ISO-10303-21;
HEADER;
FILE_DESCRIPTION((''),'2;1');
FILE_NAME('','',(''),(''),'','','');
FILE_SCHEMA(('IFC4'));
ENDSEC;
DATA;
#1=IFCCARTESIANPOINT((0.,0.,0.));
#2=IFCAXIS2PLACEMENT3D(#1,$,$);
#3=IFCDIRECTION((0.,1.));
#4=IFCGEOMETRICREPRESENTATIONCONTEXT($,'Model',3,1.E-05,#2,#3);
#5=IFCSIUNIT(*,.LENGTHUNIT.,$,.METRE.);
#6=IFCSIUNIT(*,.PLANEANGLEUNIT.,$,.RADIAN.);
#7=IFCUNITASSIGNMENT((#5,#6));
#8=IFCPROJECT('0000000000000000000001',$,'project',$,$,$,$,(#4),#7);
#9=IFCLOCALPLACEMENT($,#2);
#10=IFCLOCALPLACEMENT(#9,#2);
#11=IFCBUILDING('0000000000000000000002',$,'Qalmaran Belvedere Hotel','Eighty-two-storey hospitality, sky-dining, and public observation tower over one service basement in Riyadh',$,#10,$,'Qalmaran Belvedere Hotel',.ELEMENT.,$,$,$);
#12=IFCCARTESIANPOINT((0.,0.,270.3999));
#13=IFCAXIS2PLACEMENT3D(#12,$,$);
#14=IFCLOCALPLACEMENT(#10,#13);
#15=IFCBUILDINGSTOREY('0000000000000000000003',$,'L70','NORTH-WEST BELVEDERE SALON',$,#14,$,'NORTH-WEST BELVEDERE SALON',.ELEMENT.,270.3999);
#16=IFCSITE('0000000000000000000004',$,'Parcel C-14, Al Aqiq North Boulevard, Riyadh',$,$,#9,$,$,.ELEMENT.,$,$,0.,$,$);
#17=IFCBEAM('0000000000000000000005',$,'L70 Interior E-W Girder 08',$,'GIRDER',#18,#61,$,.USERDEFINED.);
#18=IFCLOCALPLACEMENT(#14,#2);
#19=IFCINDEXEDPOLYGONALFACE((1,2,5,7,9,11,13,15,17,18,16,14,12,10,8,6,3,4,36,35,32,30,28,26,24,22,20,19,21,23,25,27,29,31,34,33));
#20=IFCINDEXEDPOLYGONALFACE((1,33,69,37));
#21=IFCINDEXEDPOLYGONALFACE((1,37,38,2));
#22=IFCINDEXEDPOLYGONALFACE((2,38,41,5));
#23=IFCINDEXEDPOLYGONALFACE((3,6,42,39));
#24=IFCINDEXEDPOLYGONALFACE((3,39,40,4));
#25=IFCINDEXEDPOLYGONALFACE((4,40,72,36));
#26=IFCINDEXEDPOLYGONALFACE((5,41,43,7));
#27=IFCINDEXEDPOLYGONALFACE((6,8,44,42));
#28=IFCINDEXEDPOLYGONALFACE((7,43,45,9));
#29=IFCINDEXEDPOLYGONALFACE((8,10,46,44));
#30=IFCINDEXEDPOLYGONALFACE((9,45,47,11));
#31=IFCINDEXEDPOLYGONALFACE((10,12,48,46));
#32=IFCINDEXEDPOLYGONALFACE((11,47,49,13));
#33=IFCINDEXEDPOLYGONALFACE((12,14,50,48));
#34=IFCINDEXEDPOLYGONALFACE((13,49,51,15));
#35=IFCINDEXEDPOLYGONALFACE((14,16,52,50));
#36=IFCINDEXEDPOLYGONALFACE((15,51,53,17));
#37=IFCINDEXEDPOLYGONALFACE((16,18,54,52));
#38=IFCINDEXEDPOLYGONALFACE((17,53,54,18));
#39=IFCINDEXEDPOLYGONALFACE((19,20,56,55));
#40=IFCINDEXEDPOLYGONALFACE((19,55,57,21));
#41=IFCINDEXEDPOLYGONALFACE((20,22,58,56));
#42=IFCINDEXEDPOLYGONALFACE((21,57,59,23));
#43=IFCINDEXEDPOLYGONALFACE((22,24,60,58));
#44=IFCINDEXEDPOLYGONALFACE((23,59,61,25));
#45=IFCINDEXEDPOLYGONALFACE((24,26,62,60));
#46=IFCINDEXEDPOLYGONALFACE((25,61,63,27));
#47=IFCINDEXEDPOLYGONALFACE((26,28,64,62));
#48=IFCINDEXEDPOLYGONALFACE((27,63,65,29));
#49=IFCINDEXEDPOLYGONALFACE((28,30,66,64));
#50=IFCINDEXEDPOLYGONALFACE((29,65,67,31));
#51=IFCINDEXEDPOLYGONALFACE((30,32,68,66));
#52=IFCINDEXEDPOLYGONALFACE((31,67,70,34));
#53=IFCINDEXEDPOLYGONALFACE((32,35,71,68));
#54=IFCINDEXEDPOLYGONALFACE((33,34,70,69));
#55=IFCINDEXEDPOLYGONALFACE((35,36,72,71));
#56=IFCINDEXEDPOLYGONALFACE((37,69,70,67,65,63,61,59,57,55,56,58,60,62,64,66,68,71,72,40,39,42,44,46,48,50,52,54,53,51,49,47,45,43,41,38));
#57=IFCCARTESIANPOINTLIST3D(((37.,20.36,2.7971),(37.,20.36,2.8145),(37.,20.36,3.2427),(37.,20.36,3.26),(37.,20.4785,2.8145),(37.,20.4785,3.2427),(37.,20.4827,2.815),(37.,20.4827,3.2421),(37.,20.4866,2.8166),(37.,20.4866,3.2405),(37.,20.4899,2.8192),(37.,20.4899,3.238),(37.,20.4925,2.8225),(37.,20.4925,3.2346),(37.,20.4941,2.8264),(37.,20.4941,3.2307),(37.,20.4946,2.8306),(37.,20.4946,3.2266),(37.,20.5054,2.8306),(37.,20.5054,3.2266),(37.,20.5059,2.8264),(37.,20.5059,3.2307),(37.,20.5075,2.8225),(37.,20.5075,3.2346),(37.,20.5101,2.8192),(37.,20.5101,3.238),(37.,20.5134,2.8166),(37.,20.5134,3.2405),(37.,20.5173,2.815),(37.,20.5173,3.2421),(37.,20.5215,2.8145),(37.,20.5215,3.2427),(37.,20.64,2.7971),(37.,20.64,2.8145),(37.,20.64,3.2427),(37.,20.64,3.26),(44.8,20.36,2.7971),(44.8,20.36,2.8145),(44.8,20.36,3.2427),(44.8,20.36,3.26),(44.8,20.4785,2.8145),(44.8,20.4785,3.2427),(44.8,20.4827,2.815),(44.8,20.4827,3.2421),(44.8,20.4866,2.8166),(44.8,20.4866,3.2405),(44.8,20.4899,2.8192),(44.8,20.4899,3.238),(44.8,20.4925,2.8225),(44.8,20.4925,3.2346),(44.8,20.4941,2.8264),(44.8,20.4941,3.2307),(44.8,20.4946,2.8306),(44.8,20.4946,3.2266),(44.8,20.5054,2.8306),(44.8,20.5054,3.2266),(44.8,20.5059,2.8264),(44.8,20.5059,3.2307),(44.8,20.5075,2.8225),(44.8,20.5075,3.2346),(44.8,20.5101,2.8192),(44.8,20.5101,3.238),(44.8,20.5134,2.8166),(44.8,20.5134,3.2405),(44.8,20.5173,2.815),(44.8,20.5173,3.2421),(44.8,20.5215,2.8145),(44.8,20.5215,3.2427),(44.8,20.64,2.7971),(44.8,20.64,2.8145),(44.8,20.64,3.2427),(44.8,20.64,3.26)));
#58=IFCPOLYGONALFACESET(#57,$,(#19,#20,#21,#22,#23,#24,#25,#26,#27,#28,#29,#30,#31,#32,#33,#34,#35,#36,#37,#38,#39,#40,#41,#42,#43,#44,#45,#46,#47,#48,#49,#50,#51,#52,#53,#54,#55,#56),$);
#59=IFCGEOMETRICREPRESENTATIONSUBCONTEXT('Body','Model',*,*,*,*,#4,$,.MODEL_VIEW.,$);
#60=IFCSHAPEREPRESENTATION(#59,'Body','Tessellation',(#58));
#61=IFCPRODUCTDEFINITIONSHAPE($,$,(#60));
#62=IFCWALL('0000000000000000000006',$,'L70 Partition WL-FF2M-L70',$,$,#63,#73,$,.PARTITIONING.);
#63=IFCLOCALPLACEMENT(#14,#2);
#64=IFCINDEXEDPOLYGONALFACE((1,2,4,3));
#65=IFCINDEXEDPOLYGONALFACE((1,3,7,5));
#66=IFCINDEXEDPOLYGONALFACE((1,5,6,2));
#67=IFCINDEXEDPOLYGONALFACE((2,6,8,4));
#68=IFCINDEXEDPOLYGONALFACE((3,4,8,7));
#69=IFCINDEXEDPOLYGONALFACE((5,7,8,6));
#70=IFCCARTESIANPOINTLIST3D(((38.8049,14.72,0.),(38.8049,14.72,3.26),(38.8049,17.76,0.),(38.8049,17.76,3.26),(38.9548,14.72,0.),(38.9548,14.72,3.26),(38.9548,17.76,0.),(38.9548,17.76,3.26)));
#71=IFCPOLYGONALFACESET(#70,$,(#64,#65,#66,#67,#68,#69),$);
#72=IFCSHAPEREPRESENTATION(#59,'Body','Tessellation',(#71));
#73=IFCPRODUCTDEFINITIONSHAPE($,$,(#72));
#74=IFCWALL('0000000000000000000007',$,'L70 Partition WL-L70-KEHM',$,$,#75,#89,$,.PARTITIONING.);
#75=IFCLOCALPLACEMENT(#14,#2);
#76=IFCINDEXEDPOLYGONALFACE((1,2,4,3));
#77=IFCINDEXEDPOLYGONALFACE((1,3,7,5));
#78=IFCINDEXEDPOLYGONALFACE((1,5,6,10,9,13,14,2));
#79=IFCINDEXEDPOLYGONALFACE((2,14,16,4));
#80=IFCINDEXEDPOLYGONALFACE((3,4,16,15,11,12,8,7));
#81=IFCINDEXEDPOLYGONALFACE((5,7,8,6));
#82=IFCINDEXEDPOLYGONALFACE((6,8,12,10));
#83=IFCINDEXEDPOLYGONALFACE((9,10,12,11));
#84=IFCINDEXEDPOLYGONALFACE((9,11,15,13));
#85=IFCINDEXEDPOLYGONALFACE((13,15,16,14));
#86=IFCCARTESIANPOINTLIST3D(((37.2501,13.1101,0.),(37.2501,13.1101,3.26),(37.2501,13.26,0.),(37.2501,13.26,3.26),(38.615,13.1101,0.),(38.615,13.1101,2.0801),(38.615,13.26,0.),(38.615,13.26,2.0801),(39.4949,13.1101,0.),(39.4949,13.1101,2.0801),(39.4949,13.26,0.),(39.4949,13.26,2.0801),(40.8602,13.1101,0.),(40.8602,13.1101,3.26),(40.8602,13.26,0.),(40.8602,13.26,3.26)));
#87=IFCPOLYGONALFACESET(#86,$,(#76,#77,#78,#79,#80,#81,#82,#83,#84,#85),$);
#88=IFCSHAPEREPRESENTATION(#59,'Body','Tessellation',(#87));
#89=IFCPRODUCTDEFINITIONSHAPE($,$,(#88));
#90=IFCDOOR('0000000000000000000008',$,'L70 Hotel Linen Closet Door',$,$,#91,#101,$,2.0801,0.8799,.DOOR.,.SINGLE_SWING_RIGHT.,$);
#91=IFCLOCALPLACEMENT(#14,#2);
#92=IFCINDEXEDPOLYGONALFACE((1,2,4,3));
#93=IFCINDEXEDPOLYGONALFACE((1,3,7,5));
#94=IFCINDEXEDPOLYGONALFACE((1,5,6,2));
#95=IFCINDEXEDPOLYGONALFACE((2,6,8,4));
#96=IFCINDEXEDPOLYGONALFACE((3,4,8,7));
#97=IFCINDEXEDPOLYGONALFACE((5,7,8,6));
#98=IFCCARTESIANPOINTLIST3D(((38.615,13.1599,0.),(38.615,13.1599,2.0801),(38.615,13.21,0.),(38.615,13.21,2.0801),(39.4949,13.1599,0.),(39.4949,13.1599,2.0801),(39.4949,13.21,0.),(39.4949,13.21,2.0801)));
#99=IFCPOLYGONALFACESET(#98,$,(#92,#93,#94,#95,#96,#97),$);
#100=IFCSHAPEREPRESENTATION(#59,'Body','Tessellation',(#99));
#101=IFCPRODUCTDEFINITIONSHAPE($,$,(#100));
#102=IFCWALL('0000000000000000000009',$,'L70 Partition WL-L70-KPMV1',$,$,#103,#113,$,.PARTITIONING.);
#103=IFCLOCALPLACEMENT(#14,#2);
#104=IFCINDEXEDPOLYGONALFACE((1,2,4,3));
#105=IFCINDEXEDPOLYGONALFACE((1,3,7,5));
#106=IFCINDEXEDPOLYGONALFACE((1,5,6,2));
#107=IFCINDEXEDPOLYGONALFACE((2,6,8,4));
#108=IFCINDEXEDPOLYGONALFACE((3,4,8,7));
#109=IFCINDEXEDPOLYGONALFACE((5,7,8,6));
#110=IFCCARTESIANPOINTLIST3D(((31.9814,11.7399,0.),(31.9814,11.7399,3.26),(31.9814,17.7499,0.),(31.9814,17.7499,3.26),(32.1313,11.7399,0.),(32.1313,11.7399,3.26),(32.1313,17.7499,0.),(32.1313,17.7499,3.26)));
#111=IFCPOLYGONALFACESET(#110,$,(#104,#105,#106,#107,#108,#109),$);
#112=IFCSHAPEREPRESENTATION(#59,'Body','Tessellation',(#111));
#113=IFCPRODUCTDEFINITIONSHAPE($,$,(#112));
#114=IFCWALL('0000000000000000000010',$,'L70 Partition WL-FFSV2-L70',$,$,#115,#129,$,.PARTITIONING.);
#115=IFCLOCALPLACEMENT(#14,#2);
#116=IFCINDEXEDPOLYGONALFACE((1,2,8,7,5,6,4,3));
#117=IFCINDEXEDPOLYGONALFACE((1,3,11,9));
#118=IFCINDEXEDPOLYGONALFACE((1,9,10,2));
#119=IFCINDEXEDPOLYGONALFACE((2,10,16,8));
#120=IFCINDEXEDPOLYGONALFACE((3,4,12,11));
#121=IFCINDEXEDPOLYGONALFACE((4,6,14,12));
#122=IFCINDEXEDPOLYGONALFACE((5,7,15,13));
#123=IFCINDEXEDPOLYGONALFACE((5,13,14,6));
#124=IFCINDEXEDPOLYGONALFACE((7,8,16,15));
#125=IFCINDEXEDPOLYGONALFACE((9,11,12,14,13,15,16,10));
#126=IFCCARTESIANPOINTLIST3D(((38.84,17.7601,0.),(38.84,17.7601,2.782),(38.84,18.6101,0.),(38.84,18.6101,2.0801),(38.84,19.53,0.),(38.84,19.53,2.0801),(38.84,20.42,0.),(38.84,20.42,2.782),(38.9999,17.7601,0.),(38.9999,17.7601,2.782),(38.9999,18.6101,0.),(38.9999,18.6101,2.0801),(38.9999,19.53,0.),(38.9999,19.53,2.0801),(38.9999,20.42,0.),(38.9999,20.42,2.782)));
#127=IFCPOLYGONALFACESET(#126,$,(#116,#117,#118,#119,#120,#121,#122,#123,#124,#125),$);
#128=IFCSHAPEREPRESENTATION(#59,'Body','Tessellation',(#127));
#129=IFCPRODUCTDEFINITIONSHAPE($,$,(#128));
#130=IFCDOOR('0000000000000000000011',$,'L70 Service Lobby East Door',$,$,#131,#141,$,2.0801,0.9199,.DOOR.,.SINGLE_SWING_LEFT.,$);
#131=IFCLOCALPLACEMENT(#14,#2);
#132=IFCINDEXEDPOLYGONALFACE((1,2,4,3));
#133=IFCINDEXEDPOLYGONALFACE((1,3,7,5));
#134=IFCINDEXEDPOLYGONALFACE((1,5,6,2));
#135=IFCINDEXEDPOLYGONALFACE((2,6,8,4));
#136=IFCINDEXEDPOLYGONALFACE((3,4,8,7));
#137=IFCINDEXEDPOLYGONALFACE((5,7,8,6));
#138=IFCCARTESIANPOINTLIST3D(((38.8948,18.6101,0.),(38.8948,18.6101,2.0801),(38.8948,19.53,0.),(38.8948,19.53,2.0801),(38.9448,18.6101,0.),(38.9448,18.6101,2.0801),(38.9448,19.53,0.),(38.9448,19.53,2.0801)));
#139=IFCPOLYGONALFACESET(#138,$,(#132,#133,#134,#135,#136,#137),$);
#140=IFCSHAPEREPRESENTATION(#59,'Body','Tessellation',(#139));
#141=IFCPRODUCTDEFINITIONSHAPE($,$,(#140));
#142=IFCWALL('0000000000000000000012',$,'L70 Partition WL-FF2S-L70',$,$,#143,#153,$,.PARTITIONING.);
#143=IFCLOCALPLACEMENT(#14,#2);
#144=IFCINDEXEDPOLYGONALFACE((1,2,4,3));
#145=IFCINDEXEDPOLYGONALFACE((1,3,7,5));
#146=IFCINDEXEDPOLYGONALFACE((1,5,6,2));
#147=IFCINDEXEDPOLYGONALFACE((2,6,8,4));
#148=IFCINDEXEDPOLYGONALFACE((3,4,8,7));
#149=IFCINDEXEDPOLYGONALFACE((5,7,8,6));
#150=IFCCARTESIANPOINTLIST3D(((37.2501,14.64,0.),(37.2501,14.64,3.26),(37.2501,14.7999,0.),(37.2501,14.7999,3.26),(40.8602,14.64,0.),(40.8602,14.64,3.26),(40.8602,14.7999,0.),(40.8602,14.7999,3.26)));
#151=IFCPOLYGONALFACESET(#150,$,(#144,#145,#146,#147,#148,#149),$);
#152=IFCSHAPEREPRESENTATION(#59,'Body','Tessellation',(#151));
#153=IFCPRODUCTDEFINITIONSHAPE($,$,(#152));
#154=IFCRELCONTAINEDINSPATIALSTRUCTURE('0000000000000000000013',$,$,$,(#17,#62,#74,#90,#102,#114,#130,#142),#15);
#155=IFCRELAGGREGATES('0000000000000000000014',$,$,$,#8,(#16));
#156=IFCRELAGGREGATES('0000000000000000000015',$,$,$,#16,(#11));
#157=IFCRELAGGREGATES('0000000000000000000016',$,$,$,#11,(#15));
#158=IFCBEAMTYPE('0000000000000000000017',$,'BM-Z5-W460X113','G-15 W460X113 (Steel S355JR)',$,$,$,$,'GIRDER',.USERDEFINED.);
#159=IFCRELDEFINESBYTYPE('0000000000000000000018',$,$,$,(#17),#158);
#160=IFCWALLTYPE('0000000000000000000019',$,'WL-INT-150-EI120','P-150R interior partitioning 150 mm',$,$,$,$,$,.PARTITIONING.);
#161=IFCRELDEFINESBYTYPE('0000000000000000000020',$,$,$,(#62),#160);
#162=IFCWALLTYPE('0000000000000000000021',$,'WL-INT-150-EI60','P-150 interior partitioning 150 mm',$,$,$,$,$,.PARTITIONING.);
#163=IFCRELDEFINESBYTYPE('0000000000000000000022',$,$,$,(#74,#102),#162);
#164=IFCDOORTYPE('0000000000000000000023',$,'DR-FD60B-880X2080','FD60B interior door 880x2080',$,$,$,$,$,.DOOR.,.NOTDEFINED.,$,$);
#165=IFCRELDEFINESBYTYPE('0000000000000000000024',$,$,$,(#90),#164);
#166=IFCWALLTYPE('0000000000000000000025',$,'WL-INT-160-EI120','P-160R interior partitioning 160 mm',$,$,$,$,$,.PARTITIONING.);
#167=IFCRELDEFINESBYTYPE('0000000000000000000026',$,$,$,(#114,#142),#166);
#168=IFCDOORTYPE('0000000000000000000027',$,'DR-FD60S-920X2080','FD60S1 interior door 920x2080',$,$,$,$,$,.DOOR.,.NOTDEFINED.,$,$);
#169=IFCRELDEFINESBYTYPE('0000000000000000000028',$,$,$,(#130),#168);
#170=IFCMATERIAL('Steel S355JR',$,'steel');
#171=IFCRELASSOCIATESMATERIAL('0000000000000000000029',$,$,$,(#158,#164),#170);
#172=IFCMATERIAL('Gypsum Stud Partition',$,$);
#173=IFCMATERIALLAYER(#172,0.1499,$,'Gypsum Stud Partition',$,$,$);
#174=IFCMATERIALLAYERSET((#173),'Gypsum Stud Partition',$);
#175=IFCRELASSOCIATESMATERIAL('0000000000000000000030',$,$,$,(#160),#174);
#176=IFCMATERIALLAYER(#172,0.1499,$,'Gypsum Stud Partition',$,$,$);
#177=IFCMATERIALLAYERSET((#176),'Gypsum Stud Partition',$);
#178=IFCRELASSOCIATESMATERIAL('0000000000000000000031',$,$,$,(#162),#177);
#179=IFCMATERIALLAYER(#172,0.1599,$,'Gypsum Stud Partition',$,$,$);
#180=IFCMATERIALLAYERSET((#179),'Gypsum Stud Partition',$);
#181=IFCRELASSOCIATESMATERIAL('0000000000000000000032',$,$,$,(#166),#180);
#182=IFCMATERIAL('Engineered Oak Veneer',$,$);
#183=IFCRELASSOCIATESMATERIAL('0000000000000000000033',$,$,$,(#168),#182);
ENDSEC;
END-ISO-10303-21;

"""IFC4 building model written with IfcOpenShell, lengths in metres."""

from ifc_helpers import new_model, si_unit, direction, frame, frame_2d, origin, origin_2d, place, context, subcontext, project, spatial, rectangle, i_section, extrude, material, layer, layer_set, material_profile, profile_set, type_object, element, fill, save


model = new_model("IFC4")

# Units and contexts
model_context = context("Model", 3, precision=1e-05, world=origin(), true_north=direction((0.0, 1.0)))
body_context = subcontext(model_context, "Body", "Model", "MODEL_VIEW")
ifc_project = project(units=[si_unit("LENGTHUNIT", "METRE"), si_unit("PLANEANGLEUNIT", "RADIAN")], contexts=[model_context])

# Site, building, storey
site_placement = place(None, origin())
site = spatial("IfcSite", under=ifc_project, at=site_placement, Name="Parcel C-14, Al Aqiq North Boulevard, Riyadh", CompositionType="ELEMENT", RefElevation=0.0)
building_placement = place(site_placement, origin())
building = spatial("IfcBuilding", under=site, at=building_placement, Name="Qalmaran Belvedere Hotel", Description="Eighty-two-storey hospitality, sky-dining, and public observation tower over one service basement in Riyadh", LongName="Qalmaran Belvedere Hotel", CompositionType="ELEMENT")
storey_placement = place(building_placement, frame((0.0, 0.0, 270.3999)))
storey = spatial("IfcBuildingStorey", under=building, at=storey_placement, Name="L70", Description="NORTH-WEST BELVEDERE SALON", LongName="NORTH-WEST BELVEDERE SALON", CompositionType="ELEMENT", Elevation=270.3999)

# Beam
ifc_material_1 = material(Name="Steel S355JR", Category="steel")
ifc_material_profile_1 = material_profile(ifc_material_1, i_section(OverallWidth=0.28, OverallDepth=0.4629, WebThickness=0.0107, FlangeThickness=0.0173, FilletRadius=0.0161, at=origin_2d()), Name="W460X113")
ifc_profile_set_1 = profile_set([ifc_material_profile_1], Name="Steel S355JR")
beam_type_1 = type_object("IfcBeamType", Name="BM-Z5-W460X113", Description="G-15 W460X113 (Steel S355JR)", ElementType="GIRDER", PredefinedType="USERDEFINED", material=ifc_profile_set_1)
for number, where, z_axis, x_axis, name in (
    (1, (37.0, 20.5, 3.0286), (1.0, 0.0, 0.0), (0.0, 1.0, 0.0), "L70 Interior E-W Girder 08"),
):
    element("IfcBeam", number, at=place(storey_placement, frame(where, z_axis=z_axis, x_axis=x_axis)), inside=storey, type_object=beam_type_1, Name=name, ObjectType="GIRDER", PredefinedType="USERDEFINED", context=body_context, shape_type="SweptSolid", body=[
        extrude(i_section(OverallWidth=0.28, OverallDepth=0.4629, WebThickness=0.0107, FlangeThickness=0.0173, FilletRadius=0.0161, at=origin_2d()), origin(), (0.0, 0.0, 1.0), 7.8),
    ])

# Wall
ifc_material_2 = material(Name="Gypsum Stud Partition")
ifc_layer_1 = layer(ifc_material_2, 0.1499, Name="Gypsum Stud Partition")
ifc_layer_set_1 = layer_set([ifc_layer_1], Name="Gypsum Stud Partition")
wall_type_1 = type_object("IfcWallType", Name="WL-INT-150-EI120", Description="P-150R interior partitioning 150 mm", PredefinedType="PARTITIONING", material=ifc_layer_set_1)
wall_1_placement = place(storey_placement, frame((38.8799, 14.72, 0.0), z_axis=(0.0, 0.0, 1.0), x_axis=(0.0, 1.0, 0.0)))
element("IfcWall", 2, at=wall_1_placement, inside=storey, type_object=wall_type_1, Name="L70 Partition WL-FF2M-L70", PredefinedType="PARTITIONING", context=body_context, shape_type="SweptSolid", body=[
    extrude(rectangle(XDim=3.04, YDim=0.1499, at=frame_2d((1.52, 0.0))), origin(), (0.0, 0.0, 1.0), 3.26),
])

# Wall, opening, door
ifc_layer_2 = layer(ifc_material_2, 0.1499, Name="Gypsum Stud Partition")
ifc_layer_set_2 = layer_set([ifc_layer_2], Name="Gypsum Stud Partition")
wall_type_2 = type_object("IfcWallType", Name="WL-INT-150-EI60", Description="P-150 interior partitioning 150 mm", PredefinedType="PARTITIONING", material=ifc_layer_set_2)
wall_2_placement = place(storey_placement, frame((37.25, 13.1851, 0.0), z_axis=(0.0, 0.0, 1.0), x_axis=(1.0, 0.0, 0.0)))
wall_2 = element("IfcWall", 3, at=wall_2_placement, inside=storey, type_object=wall_type_2, Name="L70 Partition WL-L70-KEHM", PredefinedType="PARTITIONING", context=body_context, shape_type="SweptSolid", body=[
    extrude(rectangle(XDim=3.6101, YDim=0.1499, at=frame_2d((1.8052, 0.0))), origin(), (0.0, 0.0, 1.0), 3.26),
])
opening_1_placement = place(wall_2_placement, frame((1.365, 0.0, 0.0)))
opening_1 = element("IfcOpeningElement", 4, at=opening_1_placement, cuts=wall_2, PredefinedType="OPENING", context=body_context, shape_type="SweptSolid", body=[
    extrude(rectangle(XDim=0.8799, YDim=2.0801, at=frame_2d((0.4399, 1.04))), frame((0.0, 0.085, 0.0), z_axis=(0.0, -1.0, 0.0), x_axis=(1.0, 0.0, 0.0)), (0.0, 0.0, 1.0), 0.1699),
])
door_type_1 = type_object("IfcDoorType", Name="DR-FD60B-880X2080", Description="FD60B interior door 880x2080", OperationType="NOTDEFINED", PredefinedType="DOOR", material=ifc_material_1)
door_1_placement = place(opening_1_placement, origin())
door_1 = element("IfcDoor", 5, at=door_1_placement, inside=storey, type_object=door_type_1, Name="L70 Hotel Linen Closet Door", OperationType="SINGLE_SWING_RIGHT", OverallHeight=2.0801, OverallWidth=0.8799, PredefinedType="DOOR", context=body_context, shape_type="SweptSolid", body=[
    extrude(rectangle(XDim=0.8799, YDim=2.0801, at=frame_2d((0.4399, 1.04))), frame((0.0, 0.0249, 0.0), z_axis=(0.0, -1.0, 0.0), x_axis=(1.0, 0.0, 0.0)), (0.0, 0.0, 1.0), 0.05),
])
fill(opening_1, door_1)

# Wall
wall_3_placement = place(storey_placement, frame((32.0564, 11.74, 0.0), z_axis=(0.0, 0.0, 1.0), x_axis=(0.0, 1.0, 0.0)))
element("IfcWall", 6, at=wall_3_placement, inside=storey, type_object=wall_type_2, Name="L70 Partition WL-L70-KPMV1", PredefinedType="PARTITIONING", context=body_context, shape_type="SweptSolid", body=[
    extrude(rectangle(XDim=6.01, YDim=0.1499, at=frame_2d((3.0049, 0.0))), origin(), (0.0, 0.0, 1.0), 3.26),
])

# Wall, opening, door
ifc_layer_3 = layer(ifc_material_2, 0.1599, Name="Gypsum Stud Partition")
ifc_layer_set_3 = layer_set([ifc_layer_3], Name="Gypsum Stud Partition")
wall_type_3 = type_object("IfcWallType", Name="WL-INT-160-EI120", Description="P-160R interior partitioning 160 mm", PredefinedType="PARTITIONING", material=ifc_layer_set_3)
wall_4_placement = place(storey_placement, frame((38.9199, 17.76, 0.0), z_axis=(0.0, 0.0, 1.0), x_axis=(0.0, 1.0, 0.0)))
wall_4 = element("IfcWall", 7, at=wall_4_placement, inside=storey, type_object=wall_type_3, Name="L70 Partition WL-FFSV2-L70", PredefinedType="PARTITIONING", context=body_context, shape_type="SweptSolid", body=[
    extrude(rectangle(XDim=2.6599, YDim=0.1599, at=frame_2d((1.3301, 0.0))), origin(), (0.0, 0.0, 1.0), 2.782),
])
opening_2_placement = place(wall_4_placement, frame((1.77, 0.0, 0.0), z_axis=(0.0, 0.0, 1.0), x_axis=(-1.0, 0.0, 0.0)))
opening_2 = element("IfcOpeningElement", 8, at=opening_2_placement, cuts=wall_4, PredefinedType="OPENING", context=body_context, shape_type="SweptSolid", body=[
    extrude(rectangle(XDim=0.9199, YDim=2.0801, at=frame_2d((0.46, 1.04))), frame((0.0, 0.0898, 0.0), z_axis=(0.0, -1.0, 0.0), x_axis=(1.0, 0.0, 0.0)), (0.0, 0.0, 1.0), 0.1799),
])
ifc_material_3 = material(Name="Engineered Oak Veneer")
door_type_2 = type_object("IfcDoorType", Name="DR-FD60S-920X2080", Description="FD60S1 interior door 920x2080", OperationType="NOTDEFINED", PredefinedType="DOOR", material=ifc_material_3)
door_2_placement = place(opening_2_placement, origin())
door_2 = element("IfcDoor", 9, at=door_2_placement, inside=storey, type_object=door_type_2, Name="L70 Service Lobby East Door", OperationType="SINGLE_SWING_LEFT", OverallHeight=2.0801, OverallWidth=0.9199, PredefinedType="DOOR", context=body_context, shape_type="SweptSolid", body=[
    extrude(rectangle(XDim=0.9199, YDim=2.0801, at=frame_2d((0.46, 1.04))), frame((0.0, 0.0249, 0.0), z_axis=(0.0, -1.0, 0.0), x_axis=(1.0, 0.0, 0.0)), (0.0, 0.0, 1.0), 0.05),
])
fill(opening_2, door_2)

# Wall
wall_5_placement = place(storey_placement, frame((37.25, 14.72, 0.0), z_axis=(0.0, 0.0, 1.0), x_axis=(1.0, 0.0, 0.0)))
element("IfcWall", 10, at=wall_5_placement, inside=storey, type_object=wall_type_3, Name="L70 Partition WL-FF2S-L70", PredefinedType="PARTITIONING", context=body_context, shape_type="SweptSolid", body=[
    extrude(rectangle(XDim=3.6101, YDim=0.1599, at=frame_2d((1.8052, 0.0))), origin(), (0.0, 0.0, 1.0), 3.26),
])

save(model, "model.ifc")
